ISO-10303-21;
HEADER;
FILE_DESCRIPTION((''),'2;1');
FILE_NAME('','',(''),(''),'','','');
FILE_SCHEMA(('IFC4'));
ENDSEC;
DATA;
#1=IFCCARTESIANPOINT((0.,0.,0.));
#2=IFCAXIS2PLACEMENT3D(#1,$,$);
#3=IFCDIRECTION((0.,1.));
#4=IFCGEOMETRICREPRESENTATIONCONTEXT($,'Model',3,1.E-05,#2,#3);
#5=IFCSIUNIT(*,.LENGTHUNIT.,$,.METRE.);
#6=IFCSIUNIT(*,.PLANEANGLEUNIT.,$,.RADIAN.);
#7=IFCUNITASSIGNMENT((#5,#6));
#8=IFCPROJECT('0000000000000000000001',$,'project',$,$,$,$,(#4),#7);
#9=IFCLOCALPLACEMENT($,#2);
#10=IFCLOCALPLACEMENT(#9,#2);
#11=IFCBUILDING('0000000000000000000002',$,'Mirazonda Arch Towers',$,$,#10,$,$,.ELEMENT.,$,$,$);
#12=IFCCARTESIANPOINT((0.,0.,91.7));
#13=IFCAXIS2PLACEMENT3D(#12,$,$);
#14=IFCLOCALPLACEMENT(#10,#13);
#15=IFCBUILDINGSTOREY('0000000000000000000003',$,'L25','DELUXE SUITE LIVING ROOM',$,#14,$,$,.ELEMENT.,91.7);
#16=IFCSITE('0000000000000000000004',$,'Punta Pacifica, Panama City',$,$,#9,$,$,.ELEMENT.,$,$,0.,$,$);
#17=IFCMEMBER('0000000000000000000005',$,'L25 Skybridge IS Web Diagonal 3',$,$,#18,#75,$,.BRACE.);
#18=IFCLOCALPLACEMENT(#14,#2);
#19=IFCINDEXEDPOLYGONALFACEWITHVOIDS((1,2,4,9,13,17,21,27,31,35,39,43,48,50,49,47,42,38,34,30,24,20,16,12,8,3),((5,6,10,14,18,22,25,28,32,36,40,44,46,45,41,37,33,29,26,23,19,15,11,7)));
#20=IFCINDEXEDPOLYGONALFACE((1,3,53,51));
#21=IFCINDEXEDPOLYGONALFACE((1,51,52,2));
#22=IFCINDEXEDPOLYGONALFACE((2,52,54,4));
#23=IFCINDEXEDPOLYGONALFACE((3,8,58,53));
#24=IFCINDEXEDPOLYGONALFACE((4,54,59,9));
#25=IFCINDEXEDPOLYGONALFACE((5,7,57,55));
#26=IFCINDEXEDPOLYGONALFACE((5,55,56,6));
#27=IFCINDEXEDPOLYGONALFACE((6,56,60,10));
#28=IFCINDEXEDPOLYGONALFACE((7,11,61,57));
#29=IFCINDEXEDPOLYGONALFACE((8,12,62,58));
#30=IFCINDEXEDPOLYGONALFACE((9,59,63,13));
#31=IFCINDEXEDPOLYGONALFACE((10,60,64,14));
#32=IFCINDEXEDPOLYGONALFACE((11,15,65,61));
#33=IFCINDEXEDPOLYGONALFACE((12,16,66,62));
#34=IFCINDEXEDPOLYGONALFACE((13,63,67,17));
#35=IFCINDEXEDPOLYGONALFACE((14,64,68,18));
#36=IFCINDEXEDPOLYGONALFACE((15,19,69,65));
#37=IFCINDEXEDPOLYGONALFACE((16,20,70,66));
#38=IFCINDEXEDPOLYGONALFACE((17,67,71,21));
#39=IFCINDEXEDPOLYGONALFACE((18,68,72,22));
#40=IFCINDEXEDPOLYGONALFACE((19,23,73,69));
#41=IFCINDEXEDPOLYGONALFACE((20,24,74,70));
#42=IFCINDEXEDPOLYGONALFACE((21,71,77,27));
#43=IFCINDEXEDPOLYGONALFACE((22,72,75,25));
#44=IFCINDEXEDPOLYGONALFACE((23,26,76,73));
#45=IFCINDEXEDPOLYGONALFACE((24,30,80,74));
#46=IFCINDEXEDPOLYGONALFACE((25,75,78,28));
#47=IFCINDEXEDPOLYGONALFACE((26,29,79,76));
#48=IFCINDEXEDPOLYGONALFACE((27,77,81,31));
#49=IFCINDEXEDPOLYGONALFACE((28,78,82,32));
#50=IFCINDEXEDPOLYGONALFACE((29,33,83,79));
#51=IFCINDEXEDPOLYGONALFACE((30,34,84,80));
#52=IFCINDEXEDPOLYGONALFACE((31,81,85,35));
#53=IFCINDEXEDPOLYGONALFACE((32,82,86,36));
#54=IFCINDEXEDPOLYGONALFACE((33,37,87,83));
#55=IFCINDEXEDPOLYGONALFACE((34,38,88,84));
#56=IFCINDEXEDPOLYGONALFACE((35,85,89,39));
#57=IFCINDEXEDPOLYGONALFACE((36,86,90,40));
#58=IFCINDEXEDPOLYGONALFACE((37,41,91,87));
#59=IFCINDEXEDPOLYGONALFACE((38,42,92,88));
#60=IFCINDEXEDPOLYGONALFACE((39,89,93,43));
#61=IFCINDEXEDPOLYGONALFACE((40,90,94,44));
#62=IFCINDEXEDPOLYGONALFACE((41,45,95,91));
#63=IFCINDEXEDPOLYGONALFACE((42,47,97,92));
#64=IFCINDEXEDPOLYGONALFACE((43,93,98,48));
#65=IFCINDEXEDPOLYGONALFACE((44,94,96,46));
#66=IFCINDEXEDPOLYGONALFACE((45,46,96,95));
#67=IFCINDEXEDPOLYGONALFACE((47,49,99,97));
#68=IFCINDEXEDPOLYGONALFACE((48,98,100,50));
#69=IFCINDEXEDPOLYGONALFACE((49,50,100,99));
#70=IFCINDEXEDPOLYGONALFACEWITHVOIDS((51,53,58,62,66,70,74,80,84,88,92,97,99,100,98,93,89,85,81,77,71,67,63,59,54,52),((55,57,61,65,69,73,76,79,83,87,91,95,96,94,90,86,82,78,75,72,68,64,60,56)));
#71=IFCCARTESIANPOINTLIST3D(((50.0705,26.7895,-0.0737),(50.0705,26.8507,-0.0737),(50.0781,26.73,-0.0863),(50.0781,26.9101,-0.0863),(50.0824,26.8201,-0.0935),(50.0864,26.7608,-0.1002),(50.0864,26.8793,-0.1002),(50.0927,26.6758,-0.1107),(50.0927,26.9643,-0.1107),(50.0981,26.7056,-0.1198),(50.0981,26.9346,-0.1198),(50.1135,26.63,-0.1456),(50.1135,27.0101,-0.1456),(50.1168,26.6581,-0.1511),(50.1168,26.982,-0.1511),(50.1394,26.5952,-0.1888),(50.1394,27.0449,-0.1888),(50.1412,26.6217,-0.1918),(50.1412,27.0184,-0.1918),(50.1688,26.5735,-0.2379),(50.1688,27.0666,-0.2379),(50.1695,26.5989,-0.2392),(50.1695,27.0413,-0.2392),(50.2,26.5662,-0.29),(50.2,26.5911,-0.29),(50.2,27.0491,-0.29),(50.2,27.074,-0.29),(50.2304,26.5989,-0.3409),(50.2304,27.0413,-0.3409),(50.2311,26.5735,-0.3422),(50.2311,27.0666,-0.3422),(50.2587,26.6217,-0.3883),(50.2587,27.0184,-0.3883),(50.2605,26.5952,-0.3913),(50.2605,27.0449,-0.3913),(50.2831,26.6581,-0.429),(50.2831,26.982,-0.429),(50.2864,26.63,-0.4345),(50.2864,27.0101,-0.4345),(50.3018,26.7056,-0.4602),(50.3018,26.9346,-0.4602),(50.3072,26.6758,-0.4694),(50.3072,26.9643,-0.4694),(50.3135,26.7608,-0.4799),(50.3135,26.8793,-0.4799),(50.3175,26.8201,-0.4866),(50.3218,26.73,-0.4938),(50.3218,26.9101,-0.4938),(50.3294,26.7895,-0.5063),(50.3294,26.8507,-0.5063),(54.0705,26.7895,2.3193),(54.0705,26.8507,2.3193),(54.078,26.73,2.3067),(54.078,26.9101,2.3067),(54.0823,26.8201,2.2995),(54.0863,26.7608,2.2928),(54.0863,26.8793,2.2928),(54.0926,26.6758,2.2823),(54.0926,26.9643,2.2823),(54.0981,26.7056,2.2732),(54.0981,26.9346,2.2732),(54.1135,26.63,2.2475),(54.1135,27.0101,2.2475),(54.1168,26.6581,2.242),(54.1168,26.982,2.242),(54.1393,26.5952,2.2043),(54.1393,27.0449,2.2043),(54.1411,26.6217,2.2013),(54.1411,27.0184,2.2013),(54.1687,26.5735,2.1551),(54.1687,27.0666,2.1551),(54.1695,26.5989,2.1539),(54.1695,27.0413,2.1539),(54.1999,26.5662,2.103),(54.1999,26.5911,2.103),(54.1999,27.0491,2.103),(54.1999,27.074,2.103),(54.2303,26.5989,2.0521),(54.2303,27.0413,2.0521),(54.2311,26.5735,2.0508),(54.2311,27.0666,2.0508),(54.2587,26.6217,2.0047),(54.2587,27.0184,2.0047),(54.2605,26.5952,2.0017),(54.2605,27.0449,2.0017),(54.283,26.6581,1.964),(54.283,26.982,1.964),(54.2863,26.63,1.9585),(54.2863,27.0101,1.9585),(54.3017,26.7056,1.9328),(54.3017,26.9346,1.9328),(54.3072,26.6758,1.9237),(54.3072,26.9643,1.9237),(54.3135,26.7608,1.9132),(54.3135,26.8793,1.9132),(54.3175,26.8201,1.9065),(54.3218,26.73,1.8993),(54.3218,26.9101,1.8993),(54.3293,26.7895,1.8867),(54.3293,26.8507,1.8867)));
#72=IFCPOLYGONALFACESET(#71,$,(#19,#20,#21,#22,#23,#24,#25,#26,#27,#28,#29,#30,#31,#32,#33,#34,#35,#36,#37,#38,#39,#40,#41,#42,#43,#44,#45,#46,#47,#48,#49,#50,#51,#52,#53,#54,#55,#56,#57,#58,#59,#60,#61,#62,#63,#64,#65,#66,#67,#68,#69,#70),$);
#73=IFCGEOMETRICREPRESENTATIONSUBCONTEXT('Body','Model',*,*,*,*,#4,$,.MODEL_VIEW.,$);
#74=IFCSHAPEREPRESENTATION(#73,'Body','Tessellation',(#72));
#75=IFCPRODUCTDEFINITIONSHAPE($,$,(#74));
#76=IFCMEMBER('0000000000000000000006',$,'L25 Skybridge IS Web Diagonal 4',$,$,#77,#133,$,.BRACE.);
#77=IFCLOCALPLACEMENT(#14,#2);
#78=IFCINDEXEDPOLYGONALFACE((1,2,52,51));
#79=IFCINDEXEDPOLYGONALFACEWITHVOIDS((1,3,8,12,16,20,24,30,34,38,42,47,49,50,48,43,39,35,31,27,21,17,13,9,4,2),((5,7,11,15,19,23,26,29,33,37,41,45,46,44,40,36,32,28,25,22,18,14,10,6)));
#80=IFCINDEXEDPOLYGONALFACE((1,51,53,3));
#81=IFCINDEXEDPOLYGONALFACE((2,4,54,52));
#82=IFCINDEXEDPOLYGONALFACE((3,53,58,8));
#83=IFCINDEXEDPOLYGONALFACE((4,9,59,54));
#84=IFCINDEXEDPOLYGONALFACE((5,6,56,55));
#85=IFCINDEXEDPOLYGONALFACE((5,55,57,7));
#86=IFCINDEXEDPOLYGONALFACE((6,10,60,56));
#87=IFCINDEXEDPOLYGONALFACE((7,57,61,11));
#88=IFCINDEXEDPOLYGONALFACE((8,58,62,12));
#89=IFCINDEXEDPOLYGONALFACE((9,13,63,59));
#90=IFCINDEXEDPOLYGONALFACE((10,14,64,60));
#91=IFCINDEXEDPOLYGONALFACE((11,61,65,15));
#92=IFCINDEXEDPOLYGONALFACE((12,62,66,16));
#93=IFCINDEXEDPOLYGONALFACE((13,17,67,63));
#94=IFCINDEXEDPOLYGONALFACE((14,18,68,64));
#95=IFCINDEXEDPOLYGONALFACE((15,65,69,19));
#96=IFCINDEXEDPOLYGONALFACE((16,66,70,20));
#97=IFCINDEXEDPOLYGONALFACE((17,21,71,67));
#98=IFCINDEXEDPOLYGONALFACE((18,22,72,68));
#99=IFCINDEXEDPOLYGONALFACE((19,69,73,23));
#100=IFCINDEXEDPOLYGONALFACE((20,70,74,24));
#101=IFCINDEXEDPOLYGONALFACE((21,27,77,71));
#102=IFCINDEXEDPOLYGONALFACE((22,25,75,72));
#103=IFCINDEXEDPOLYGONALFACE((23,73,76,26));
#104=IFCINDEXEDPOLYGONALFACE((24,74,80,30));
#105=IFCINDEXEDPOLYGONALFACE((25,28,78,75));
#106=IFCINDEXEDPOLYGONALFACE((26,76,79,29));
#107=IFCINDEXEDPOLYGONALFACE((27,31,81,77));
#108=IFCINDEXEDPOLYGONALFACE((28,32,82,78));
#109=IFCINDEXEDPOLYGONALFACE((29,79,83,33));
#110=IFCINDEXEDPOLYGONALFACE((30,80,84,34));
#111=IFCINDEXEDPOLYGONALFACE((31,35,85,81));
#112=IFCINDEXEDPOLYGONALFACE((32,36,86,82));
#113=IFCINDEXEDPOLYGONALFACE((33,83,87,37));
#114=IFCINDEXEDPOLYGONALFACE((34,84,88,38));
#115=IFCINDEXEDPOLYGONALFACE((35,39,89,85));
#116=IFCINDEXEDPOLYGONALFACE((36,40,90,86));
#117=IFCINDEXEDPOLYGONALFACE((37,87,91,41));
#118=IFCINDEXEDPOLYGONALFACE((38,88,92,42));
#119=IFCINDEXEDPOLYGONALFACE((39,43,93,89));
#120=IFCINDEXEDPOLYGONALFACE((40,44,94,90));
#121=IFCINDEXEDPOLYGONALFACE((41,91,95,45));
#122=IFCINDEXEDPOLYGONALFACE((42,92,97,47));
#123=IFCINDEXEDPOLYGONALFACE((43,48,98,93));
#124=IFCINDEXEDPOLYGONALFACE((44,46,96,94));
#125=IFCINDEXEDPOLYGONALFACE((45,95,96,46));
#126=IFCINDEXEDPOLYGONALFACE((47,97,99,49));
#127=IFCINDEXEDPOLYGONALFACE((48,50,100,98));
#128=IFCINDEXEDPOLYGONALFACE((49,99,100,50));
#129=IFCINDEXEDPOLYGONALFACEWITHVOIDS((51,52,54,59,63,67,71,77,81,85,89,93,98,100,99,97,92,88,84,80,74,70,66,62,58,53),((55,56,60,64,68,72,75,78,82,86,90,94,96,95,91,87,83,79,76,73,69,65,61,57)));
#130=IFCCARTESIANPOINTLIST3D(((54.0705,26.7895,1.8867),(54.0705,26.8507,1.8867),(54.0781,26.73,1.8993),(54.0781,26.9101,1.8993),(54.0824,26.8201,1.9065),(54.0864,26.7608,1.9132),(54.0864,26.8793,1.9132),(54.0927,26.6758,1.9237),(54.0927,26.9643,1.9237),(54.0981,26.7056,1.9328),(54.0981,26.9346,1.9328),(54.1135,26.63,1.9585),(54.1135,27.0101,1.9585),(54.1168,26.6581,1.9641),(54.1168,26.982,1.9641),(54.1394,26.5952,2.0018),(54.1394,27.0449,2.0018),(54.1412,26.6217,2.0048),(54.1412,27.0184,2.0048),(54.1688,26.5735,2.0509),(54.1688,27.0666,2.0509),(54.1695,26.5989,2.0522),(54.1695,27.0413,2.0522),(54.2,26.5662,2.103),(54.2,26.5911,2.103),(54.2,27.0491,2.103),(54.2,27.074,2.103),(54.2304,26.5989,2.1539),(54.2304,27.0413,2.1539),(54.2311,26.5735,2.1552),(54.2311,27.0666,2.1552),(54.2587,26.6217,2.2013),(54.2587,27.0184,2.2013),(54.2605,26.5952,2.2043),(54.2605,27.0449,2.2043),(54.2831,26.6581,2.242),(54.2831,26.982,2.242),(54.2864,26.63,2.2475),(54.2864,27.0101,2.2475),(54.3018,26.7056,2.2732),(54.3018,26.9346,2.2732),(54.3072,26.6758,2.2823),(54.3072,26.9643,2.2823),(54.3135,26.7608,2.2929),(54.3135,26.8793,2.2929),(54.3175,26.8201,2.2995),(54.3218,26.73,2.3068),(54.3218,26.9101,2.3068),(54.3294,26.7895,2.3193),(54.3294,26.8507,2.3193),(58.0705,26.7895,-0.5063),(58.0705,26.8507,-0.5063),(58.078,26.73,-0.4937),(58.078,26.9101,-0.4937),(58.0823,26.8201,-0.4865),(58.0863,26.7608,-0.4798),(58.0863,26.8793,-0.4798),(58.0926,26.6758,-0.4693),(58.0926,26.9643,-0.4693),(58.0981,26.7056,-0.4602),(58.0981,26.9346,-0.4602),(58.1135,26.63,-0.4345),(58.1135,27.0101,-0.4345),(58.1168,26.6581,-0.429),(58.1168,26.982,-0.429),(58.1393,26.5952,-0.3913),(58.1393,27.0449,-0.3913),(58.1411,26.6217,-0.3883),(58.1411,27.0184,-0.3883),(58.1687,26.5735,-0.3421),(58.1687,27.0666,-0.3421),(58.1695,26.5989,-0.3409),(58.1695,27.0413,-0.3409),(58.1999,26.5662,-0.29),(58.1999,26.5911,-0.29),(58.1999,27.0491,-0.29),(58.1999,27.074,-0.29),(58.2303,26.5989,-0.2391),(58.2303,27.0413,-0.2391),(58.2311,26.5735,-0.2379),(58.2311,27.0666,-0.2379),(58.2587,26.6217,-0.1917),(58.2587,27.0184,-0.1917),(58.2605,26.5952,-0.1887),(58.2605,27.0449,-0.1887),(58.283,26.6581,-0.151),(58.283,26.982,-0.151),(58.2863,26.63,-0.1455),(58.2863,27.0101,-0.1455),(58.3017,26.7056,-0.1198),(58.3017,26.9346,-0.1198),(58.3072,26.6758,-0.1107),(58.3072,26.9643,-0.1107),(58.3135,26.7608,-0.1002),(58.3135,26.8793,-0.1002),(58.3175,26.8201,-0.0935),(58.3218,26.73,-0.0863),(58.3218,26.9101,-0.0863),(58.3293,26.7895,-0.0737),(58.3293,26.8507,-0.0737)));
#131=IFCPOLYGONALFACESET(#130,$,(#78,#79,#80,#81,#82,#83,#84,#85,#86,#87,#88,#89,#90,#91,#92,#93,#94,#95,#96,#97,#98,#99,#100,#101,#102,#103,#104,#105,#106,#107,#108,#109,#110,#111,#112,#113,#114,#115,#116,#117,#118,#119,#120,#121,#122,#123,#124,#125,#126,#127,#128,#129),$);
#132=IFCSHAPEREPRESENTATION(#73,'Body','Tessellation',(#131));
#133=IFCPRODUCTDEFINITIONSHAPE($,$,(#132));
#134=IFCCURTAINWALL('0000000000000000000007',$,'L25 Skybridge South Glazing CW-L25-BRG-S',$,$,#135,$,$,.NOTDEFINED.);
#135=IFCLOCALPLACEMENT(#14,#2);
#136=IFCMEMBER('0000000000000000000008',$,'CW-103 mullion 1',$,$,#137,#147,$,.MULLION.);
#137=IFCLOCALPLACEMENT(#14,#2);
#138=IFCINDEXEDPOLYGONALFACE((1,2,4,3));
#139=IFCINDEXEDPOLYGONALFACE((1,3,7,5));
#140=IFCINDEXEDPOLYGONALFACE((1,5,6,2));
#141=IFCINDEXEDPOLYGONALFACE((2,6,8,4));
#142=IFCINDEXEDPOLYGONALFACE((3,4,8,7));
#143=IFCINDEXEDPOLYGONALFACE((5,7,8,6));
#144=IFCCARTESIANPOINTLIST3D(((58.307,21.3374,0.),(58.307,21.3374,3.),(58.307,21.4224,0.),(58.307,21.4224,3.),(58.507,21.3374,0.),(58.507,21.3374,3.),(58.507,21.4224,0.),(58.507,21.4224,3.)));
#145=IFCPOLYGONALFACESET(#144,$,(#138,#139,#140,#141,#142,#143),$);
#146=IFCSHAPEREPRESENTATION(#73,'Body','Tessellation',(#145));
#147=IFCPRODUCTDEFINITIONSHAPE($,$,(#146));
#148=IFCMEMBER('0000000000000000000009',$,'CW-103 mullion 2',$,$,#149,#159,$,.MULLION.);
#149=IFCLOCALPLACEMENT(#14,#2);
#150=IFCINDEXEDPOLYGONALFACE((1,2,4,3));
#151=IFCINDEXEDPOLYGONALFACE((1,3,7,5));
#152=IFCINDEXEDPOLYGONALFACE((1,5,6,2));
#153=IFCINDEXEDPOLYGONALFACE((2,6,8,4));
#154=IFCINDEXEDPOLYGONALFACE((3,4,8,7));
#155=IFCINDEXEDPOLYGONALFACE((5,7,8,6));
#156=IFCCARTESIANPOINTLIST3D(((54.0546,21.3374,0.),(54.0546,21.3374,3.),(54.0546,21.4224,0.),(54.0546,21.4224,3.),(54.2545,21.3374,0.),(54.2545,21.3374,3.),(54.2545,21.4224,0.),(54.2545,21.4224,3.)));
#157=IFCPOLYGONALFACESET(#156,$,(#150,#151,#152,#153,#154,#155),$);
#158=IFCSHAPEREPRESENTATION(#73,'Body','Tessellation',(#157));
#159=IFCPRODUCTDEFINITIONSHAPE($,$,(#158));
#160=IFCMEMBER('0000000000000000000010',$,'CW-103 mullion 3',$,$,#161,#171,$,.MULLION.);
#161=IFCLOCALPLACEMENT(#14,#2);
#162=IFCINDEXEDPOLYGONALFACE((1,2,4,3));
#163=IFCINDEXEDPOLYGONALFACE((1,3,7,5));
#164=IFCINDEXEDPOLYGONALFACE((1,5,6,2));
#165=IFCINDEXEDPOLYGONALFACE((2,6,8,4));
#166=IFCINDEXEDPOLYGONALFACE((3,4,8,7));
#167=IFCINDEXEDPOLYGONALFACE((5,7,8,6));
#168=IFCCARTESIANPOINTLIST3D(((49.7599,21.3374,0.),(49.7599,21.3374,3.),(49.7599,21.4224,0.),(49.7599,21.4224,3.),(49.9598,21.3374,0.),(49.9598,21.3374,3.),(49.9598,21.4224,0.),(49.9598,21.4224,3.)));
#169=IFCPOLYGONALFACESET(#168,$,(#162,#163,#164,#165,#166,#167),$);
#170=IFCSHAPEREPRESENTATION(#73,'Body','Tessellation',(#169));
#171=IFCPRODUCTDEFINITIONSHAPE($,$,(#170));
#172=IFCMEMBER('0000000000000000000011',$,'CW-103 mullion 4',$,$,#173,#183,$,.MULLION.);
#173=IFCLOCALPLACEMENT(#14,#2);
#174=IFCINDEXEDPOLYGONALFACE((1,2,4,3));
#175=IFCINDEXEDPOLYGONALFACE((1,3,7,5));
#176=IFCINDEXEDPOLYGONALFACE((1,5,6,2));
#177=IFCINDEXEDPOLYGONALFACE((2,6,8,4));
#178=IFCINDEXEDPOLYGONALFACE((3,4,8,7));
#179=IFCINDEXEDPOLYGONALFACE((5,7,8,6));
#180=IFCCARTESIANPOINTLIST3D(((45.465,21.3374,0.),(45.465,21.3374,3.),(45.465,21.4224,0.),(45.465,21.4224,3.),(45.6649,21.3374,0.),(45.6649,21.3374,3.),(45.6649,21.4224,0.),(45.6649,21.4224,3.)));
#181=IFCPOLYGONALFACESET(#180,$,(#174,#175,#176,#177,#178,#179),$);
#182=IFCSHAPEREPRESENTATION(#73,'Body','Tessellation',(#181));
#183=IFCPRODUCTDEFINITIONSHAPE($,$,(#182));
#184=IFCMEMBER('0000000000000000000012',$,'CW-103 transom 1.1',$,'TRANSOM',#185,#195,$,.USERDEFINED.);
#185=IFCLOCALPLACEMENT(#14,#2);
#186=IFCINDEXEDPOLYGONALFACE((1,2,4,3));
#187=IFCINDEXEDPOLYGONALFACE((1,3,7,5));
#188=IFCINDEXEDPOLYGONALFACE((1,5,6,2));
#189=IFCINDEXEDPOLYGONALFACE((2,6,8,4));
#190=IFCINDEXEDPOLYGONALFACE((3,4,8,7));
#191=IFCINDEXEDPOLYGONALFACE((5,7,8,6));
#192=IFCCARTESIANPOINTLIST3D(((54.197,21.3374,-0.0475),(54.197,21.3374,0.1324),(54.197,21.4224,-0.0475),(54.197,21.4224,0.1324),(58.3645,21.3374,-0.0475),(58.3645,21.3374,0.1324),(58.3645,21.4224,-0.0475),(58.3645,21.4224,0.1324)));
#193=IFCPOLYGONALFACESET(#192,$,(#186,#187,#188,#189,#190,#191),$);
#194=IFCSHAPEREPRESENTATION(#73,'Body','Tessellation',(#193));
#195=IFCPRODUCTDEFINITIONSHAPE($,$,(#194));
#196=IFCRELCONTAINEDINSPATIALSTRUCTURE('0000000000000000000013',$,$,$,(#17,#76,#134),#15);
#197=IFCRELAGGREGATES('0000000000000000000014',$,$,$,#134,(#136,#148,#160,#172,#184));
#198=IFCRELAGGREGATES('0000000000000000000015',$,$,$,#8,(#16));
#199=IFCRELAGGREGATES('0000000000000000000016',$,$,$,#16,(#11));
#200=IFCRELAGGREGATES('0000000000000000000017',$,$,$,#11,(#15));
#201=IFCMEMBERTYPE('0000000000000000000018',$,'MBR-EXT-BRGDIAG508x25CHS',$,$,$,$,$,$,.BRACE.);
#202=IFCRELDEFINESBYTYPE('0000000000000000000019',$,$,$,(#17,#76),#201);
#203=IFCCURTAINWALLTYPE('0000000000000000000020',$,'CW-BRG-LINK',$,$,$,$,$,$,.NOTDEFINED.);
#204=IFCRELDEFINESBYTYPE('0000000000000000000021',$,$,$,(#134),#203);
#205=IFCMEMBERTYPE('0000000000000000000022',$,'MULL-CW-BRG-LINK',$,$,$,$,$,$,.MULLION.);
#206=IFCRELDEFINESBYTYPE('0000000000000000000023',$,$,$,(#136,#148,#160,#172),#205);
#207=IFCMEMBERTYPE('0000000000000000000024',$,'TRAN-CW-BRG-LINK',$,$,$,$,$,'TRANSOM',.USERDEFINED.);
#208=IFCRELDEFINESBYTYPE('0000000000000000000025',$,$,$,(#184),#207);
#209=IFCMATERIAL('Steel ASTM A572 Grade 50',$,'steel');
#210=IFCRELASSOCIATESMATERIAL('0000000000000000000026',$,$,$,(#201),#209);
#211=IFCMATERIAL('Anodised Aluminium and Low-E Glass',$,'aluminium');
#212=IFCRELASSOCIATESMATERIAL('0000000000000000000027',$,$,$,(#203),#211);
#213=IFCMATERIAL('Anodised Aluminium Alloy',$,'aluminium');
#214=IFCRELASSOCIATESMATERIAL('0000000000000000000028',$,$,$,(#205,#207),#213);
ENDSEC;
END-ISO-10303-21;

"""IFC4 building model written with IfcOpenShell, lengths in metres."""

from ifc_helpers import new_model, si_unit, direction, frame, origin, origin_2d, place, context, subcontext, project, spatial, rectangle, hollow_circle, extrude, material, material_profile, profile_set, type_object, element, aggregate, save


model = new_model("IFC4")

# Units and contexts
model_context = context("Model", 3, precision=1e-05, world=origin(), true_north=direction((0.0, 1.0)))
body_context = subcontext(model_context, "Body", "Model", "MODEL_VIEW")
ifc_project = project(units=[si_unit("LENGTHUNIT", "METRE"), si_unit("PLANEANGLEUNIT", "RADIAN")], contexts=[model_context])

# Site, building, storey
site_placement = place(None, origin())
site = spatial("IfcSite", under=ifc_project, at=site_placement, Name="Punta Pacifica, Panama City", CompositionType="ELEMENT", RefElevation=0.0)
building_placement = place(site_placement, origin())
building = spatial("IfcBuilding", under=site, at=building_placement, Name="Mirazonda Arch Towers", CompositionType="ELEMENT")
storey_placement = place(building_placement, frame((0.0, 0.0, 91.7)))
storey = spatial("IfcBuildingStorey", under=building, at=storey_placement, Name="L25", Description="DELUXE SUITE LIVING ROOM", CompositionType="ELEMENT", Elevation=91.7)

# Members
ifc_material_1 = material(Name="Steel ASTM A572 Grade 50", Category="steel")
ifc_material_profile_1 = material_profile(ifc_material_1, hollow_circle(Radius=0.2539, WallThickness=0.0249, at=origin_2d()), Name="BRGDIAG508x25CHS")
ifc_profile_set_1 = profile_set([ifc_material_profile_1], Name="Steel ASTM A572 Grade 50")
member_type_1 = type_object("IfcMemberType", Name="MBR-EXT-BRGDIAG508x25CHS", PredefinedType="BRACE", material=ifc_profile_set_1)
for number, where, z_axis, x_axis, name in (
    (1, (50.2, 26.8201, -0.29), (0.858148, 0.0, 0.513402), (0.0, 1.0, 0.0), "L25 Skybridge IS Web Diagonal 3"),
    (2, (54.2, 26.8201, 2.103), (0.858148, 0.0, -0.513402), (0.0, 1.0, 0.0), "L25 Skybridge IS Web Diagonal 4"),
):
    element("IfcMember", number, at=place(storey_placement, frame(where, z_axis=z_axis, x_axis=x_axis)), inside=storey, type_object=member_type_1, Name=name, PredefinedType="BRACE", context=body_context, shape_type="SweptSolid", body=[
        extrude(hollow_circle(Radius=0.2539, WallThickness=0.0249, at=origin_2d()), origin(), (0.0, 0.0, 1.0), 4.6611),
    ])

# Curtain wall, members
ifc_material_2 = material(Name="Anodised Aluminium and Low-E Glass", Category="aluminium")
curtain_wall_type = type_object("IfcCurtainWallType", Name="CW-BRG-LINK", PredefinedType="NOTDEFINED", material=ifc_material_2)
curtain_wall_placement = place(storey_placement, origin())
curtain_wall = element("IfcCurtainWall", 3, at=curtain_wall_placement, inside=storey, type_object=curtain_wall_type, Name="L25 Skybridge South Glazing CW-L25-BRG-S", PredefinedType="NOTDEFINED")
ifc_material_3 = material(Name="Anodised Aluminium Alloy", Category="aluminium")
ifc_material_profile_2 = material_profile(ifc_material_3, rectangle(XDim=0.085, YDim=0.2, at=origin_2d()), Name="ALU-MULL-85x200")
ifc_profile_set_2 = profile_set([ifc_material_profile_2], Name="Anodised Aluminium Alloy")
member_type_2 = type_object("IfcMemberType", Name="MULL-CW-BRG-LINK", PredefinedType="MULLION", material=ifc_profile_set_2)
member_1_placement = place(storey_placement, frame((58.407, 21.3799, 0.0), z_axis=(0.0, 0.0, 1.0), x_axis=(0.0, -1.0, 0.0)))
member_1 = element("IfcMember", 4, at=member_1_placement, type_object=member_type_2, Name="CW-103 mullion 1", PredefinedType="MULLION", context=body_context, shape_type="SweptSolid", body=[
    extrude(rectangle(XDim=0.085, YDim=0.2, at=origin_2d()), origin(), (0.0, 0.0, 1.0), 3.0),
])
member_2_placement = place(storey_placement, frame((54.1545, 21.3799, 0.0), z_axis=(0.0, 0.0, 1.0), x_axis=(0.0, -1.0, 0.0)))
member_2 = element("IfcMember", 5, at=member_2_placement, type_object=member_type_2, Name="CW-103 mullion 2", PredefinedType="MULLION", context=body_context, shape_type="SweptSolid", body=[
    extrude(rectangle(XDim=0.085, YDim=0.2, at=origin_2d()), origin(), (0.0, 0.0, 1.0), 3.0),
])
member_3_placement = place(storey_placement, frame((49.8599, 21.3799, 0.0), z_axis=(0.0, 0.0, 1.0), x_axis=(0.0, -1.0, 0.0)))
member_3 = element("IfcMember", 6, at=member_3_placement, type_object=member_type_2, Name="CW-103 mullion 3", PredefinedType="MULLION", context=body_context, shape_type="SweptSolid", body=[
    extrude(rectangle(XDim=0.085, YDim=0.2, at=origin_2d()), origin(), (0.0, 0.0, 1.0), 3.0),
])
member_4_placement = place(storey_placement, frame((45.5649, 21.3799, 0.0), z_axis=(0.0, 0.0, 1.0), x_axis=(0.0, -1.0, 0.0)))
member_4 = element("IfcMember", 7, at=member_4_placement, type_object=member_type_2, Name="CW-103 mullion 4", PredefinedType="MULLION", context=body_context, shape_type="SweptSolid", body=[
    extrude(rectangle(XDim=0.085, YDim=0.2, at=origin_2d()), origin(), (0.0, 0.0, 1.0), 3.0),
])
ifc_material_profile_3 = material_profile(ifc_material_3, rectangle(XDim=0.085, YDim=0.1799, at=origin_2d()), Name="ALU-TRAN-85x180")
ifc_profile_set_3 = profile_set([ifc_material_profile_3], Name="Anodised Aluminium Alloy")
member_type_3 = type_object("IfcMemberType", Name="TRAN-CW-BRG-LINK", ElementType="TRANSOM", PredefinedType="USERDEFINED", material=ifc_profile_set_3)
member_5_placement = place(storey_placement, frame((58.3645, 21.3799, 0.0425), z_axis=(-1.0, 0.0, 0.0), x_axis=(0.0, -1.0, 0.0)))
member_5 = element("IfcMember", 8, at=member_5_placement, type_object=member_type_3, Name="CW-103 transom 1.1", ObjectType="TRANSOM", PredefinedType="USERDEFINED", context=body_context, shape_type="SweptSolid", body=[
    extrude(rectangle(XDim=0.085, YDim=0.1799, at=origin_2d()), origin(), (0.0, 0.0, 1.0), 4.1675),
])
aggregate(curtain_wall, [member_1, member_2, member_3, member_4, member_5])

save(model, "model.ifc")
